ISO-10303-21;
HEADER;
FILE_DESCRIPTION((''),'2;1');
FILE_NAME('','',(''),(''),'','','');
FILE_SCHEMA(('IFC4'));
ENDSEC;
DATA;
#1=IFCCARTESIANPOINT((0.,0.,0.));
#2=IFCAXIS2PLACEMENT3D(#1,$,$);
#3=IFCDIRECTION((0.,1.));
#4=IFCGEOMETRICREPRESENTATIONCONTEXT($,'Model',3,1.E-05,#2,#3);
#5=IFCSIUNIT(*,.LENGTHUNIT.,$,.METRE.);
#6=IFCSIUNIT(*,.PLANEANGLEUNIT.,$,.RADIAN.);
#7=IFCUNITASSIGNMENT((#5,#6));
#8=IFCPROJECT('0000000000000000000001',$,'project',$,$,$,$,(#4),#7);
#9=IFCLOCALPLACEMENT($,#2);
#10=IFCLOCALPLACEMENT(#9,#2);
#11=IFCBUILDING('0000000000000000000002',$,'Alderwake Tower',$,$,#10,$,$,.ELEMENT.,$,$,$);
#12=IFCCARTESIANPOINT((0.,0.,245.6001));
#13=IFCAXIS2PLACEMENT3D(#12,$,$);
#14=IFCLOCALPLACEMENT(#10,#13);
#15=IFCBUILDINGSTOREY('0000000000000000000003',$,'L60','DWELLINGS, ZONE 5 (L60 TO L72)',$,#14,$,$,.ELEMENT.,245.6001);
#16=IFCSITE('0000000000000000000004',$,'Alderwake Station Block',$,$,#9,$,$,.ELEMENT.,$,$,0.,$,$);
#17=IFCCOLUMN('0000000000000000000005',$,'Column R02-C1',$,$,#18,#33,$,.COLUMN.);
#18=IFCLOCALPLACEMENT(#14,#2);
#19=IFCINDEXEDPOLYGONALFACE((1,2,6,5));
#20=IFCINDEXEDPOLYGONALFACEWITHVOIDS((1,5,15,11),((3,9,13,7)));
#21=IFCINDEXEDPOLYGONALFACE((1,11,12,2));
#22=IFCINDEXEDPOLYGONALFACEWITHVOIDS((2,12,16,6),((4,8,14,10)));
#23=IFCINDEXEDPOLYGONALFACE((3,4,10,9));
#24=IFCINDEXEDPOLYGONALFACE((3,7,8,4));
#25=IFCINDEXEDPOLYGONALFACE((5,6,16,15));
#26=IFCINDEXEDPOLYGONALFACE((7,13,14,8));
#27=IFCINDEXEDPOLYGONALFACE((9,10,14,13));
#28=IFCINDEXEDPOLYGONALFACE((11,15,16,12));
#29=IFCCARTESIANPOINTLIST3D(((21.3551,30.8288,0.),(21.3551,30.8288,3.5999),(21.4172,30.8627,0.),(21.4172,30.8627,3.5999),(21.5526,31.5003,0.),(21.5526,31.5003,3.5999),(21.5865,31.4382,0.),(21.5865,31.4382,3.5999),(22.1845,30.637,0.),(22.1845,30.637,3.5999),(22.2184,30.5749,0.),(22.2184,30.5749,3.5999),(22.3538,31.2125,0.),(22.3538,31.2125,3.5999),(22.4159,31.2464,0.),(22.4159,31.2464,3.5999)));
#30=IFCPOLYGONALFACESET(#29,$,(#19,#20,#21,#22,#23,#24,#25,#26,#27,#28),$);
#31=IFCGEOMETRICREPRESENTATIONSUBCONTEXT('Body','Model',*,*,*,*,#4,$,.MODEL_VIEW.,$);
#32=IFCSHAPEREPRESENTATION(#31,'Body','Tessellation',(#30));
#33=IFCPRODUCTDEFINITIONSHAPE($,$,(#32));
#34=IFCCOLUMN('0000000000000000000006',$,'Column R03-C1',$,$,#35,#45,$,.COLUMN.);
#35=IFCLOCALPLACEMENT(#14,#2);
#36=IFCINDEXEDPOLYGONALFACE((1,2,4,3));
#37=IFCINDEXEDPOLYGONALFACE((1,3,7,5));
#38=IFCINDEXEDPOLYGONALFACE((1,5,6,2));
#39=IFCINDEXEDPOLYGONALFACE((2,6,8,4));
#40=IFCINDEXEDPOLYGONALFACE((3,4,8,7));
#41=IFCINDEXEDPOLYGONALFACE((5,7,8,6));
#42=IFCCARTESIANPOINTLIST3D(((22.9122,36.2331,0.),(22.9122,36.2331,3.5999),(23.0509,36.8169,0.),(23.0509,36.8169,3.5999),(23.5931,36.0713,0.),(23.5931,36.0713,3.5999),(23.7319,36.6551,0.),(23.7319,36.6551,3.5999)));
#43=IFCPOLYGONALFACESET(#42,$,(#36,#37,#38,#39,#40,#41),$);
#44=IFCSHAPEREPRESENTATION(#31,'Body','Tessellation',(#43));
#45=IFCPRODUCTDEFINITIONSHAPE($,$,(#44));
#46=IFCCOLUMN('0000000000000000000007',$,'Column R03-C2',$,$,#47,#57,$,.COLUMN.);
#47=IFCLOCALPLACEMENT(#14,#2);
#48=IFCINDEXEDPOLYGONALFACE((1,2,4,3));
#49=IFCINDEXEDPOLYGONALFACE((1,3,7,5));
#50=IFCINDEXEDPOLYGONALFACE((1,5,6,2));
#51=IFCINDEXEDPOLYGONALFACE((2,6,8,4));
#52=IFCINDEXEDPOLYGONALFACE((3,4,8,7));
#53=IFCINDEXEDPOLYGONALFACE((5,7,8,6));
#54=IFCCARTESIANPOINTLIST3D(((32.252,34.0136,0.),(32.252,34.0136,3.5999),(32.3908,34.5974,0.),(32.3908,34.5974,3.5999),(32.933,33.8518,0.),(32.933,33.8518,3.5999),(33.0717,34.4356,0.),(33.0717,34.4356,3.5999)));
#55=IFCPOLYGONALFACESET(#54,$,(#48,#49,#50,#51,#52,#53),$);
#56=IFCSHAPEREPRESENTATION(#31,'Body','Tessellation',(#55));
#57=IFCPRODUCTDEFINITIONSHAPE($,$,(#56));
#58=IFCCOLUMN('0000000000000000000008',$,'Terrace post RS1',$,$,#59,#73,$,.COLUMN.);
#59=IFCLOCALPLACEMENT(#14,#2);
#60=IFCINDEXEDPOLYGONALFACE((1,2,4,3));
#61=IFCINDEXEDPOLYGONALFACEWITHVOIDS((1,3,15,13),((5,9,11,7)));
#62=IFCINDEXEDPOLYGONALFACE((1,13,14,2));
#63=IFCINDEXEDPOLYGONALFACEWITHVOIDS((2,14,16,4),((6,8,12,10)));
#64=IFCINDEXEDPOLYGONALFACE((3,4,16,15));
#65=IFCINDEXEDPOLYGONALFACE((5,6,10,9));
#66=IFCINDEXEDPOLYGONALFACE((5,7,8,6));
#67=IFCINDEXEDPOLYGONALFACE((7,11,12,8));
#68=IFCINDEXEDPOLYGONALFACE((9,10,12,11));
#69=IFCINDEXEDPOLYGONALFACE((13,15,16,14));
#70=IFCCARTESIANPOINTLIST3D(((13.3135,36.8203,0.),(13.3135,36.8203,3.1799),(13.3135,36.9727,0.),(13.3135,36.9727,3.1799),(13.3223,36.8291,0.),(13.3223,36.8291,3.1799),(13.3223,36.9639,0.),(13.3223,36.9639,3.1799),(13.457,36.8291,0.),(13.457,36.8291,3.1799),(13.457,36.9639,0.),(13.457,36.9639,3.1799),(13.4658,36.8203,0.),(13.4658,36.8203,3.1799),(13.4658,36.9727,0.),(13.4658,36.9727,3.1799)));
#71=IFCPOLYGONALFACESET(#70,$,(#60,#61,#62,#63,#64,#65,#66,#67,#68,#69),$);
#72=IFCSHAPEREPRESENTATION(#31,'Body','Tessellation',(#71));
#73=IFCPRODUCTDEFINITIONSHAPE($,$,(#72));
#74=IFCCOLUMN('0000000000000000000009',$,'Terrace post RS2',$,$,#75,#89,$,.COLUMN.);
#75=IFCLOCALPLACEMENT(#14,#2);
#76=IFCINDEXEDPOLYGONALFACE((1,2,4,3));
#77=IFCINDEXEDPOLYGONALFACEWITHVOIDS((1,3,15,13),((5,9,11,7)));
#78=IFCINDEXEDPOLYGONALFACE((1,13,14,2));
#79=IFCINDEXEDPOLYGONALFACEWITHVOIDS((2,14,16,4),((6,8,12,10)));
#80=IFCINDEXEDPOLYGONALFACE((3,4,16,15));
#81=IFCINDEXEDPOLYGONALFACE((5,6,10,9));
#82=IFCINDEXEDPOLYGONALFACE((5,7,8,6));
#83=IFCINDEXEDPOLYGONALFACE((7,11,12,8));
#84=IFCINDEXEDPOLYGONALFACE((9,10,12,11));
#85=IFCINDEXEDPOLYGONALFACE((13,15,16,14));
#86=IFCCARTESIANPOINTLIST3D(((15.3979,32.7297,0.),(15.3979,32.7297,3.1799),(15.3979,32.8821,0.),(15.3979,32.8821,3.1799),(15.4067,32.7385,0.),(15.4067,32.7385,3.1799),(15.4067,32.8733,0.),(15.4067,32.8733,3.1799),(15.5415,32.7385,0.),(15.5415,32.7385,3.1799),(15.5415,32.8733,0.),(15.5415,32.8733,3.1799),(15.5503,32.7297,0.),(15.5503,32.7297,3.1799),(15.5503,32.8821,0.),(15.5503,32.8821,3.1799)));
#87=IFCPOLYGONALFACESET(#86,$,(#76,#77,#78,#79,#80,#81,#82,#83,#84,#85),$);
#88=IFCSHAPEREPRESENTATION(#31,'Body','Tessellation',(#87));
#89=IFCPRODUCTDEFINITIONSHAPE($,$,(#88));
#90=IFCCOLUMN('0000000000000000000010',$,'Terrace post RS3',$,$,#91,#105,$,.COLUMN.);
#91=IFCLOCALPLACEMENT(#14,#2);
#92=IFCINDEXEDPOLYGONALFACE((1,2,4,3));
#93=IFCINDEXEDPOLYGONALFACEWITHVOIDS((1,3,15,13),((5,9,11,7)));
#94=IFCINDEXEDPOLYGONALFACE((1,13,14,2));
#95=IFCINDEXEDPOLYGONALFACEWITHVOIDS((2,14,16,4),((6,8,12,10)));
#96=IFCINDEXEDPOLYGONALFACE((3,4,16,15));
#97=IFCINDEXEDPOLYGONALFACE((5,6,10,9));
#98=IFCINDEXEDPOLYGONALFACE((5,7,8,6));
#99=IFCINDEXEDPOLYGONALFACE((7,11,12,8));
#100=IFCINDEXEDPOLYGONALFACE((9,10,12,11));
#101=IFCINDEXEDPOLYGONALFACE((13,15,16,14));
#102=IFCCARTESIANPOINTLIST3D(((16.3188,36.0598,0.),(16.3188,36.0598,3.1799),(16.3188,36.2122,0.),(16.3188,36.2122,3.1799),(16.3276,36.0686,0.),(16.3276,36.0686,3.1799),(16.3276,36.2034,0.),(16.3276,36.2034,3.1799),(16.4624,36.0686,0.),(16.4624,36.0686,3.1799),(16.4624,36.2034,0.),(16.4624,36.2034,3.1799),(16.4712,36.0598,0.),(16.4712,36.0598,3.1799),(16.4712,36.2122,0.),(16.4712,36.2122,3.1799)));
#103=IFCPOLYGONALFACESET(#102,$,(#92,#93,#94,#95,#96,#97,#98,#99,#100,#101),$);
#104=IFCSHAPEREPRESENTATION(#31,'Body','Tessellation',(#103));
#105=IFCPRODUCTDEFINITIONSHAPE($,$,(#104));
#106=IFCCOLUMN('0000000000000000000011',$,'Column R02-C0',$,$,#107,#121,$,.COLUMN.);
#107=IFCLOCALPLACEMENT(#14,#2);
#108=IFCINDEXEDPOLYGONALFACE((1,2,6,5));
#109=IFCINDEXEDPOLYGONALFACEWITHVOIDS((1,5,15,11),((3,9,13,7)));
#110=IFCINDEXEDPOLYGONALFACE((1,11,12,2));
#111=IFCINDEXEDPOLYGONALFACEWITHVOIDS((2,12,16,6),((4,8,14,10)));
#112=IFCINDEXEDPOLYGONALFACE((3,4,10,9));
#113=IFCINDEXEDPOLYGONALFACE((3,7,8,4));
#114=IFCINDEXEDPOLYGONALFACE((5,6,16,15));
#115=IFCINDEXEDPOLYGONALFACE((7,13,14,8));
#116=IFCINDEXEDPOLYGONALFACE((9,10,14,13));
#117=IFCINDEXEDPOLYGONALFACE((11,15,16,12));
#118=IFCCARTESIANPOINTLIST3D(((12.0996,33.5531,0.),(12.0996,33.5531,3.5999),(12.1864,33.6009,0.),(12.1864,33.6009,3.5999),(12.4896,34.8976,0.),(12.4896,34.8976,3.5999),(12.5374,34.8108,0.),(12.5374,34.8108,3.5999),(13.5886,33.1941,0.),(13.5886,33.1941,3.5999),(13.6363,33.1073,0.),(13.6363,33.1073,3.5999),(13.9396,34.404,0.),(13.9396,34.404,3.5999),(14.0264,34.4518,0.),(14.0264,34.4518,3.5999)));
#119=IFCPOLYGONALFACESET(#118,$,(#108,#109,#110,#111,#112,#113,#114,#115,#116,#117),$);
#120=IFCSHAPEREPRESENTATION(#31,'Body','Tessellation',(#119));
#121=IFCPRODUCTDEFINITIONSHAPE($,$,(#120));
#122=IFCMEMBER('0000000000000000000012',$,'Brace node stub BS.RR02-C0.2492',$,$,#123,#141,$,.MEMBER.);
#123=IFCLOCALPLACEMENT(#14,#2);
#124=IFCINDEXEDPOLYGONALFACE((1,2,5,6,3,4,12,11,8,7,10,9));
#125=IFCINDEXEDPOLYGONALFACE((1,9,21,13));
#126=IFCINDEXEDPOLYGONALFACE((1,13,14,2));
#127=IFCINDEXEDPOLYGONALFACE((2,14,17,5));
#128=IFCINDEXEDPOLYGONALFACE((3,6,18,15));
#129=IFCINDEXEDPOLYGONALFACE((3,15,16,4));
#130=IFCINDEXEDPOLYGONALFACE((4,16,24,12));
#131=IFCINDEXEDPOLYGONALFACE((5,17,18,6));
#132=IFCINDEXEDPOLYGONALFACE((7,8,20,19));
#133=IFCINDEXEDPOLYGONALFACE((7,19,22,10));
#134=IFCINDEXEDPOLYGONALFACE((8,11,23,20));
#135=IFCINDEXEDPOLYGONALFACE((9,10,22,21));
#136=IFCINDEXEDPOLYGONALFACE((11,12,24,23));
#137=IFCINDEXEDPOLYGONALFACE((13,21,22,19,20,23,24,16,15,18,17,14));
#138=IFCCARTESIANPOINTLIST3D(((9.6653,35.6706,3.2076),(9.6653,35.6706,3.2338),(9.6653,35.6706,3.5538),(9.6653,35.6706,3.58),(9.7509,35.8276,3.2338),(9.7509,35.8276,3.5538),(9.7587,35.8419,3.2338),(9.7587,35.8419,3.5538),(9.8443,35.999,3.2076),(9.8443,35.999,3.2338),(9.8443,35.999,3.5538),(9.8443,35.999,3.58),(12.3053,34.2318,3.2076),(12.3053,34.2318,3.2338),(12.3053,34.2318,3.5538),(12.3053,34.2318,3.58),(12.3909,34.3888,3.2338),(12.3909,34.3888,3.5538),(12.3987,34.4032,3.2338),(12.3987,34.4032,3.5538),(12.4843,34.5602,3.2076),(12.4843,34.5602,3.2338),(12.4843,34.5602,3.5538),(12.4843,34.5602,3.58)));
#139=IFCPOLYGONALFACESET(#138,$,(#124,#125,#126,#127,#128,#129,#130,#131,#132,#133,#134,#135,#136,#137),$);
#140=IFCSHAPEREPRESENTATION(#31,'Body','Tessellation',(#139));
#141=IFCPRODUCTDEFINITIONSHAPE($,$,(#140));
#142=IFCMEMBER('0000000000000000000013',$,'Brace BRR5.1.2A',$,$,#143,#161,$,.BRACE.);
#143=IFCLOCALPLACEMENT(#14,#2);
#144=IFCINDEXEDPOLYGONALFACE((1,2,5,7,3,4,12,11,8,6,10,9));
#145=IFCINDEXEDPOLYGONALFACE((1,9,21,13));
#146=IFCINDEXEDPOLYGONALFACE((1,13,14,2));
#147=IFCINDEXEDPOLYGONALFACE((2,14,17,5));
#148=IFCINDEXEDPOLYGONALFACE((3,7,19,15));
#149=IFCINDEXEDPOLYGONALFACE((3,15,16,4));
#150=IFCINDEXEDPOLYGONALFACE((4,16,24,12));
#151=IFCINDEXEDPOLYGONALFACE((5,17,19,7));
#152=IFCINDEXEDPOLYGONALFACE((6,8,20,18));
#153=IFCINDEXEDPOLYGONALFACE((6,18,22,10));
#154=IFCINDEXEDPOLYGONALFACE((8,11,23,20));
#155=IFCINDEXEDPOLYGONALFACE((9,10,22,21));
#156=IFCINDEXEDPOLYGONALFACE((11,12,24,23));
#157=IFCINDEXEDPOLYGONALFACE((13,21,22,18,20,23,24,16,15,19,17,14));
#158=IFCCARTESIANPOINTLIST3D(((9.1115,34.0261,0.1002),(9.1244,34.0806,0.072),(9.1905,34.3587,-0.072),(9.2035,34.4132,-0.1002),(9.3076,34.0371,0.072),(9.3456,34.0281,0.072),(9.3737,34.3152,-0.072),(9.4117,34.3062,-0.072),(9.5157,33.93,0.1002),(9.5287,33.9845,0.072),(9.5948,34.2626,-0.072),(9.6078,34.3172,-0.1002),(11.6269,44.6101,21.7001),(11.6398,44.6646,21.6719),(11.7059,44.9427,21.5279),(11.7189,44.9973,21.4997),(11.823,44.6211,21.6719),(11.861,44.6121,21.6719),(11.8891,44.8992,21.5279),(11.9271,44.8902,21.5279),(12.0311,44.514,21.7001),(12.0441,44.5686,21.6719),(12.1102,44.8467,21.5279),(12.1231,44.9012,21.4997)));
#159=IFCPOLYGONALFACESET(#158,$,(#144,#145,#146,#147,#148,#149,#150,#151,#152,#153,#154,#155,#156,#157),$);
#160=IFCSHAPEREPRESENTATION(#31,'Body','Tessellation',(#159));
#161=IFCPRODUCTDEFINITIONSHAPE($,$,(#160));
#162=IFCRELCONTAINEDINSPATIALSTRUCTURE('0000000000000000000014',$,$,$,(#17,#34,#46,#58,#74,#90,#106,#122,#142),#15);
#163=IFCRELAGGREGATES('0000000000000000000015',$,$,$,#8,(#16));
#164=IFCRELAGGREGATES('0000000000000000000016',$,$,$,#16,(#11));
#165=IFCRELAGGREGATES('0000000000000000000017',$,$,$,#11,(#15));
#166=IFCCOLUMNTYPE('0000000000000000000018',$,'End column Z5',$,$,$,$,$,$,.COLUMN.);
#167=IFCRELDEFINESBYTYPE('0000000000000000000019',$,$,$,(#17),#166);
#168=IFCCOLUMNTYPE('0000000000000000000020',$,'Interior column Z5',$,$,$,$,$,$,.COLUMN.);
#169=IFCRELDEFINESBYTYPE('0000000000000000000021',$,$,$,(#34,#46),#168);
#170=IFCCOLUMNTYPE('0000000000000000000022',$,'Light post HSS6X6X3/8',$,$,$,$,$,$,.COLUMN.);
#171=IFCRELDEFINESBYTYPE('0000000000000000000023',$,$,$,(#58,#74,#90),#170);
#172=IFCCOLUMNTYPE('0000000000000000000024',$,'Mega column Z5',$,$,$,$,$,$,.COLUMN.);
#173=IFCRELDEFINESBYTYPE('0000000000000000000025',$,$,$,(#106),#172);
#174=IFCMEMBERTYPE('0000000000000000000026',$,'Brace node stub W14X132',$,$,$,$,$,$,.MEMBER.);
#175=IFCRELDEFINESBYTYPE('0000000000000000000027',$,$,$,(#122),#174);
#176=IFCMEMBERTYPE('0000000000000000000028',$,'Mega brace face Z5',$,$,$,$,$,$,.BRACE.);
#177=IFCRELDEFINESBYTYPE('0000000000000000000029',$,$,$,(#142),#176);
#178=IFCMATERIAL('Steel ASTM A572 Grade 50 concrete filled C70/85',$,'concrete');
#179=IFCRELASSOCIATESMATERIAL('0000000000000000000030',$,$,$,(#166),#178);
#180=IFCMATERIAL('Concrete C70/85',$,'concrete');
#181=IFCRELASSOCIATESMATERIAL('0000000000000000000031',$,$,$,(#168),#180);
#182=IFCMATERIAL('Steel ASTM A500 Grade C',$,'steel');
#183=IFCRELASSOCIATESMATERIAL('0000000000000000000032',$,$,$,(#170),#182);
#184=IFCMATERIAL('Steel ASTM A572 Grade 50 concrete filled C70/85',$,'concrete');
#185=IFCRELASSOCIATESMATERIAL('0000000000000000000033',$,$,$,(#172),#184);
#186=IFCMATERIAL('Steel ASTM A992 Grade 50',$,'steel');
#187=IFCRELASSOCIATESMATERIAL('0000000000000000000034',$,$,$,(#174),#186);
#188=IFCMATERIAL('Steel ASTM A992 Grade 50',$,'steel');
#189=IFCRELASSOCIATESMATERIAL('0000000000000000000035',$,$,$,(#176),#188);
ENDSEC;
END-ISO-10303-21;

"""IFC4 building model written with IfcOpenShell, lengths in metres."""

from ifc_helpers import new_model, si_unit, direction, frame, origin, origin_2d, place, context, subcontext, project, spatial, rectangle, hollow_rectangle, i_section, extrude, material, material_profile, profile_set, type_object, element, save


model = new_model("IFC4")

# Units and contexts
model_context = context("Model", 3, precision=1e-05, world=origin(), true_north=direction((0.0, 1.0)))
body_context = subcontext(model_context, "Body", "Model", "MODEL_VIEW")
ifc_project = project(units=[si_unit("LENGTHUNIT", "METRE"), si_unit("PLANEANGLEUNIT", "RADIAN")], contexts=[model_context])

# Site, building, storey
site_placement = place(None, origin())
site = spatial("IfcSite", under=ifc_project, at=site_placement, Name="Alderwake Station Block", CompositionType="ELEMENT", RefElevation=0.0)
building_placement = place(site_placement, origin())
building = spatial("IfcBuilding", under=site, at=building_placement, Name="Alderwake Tower", CompositionType="ELEMENT")
storey_placement = place(building_placement, frame((0.0, 0.0, 245.6001)))
storey = spatial("IfcBuildingStorey", under=building, at=storey_placement, Name="L60", Description="DWELLINGS, ZONE 5 (L60 TO L72)", CompositionType="ELEMENT", Elevation=245.6001)

# Columns
ifc_material_1 = material(Name="Steel ASTM A572 Grade 50 concrete filled C70/85", Category="concrete")
ifc_material_profile_1 = material_profile(ifc_material_1, hollow_rectangle(XDim=0.7, YDim=0.8999, WallThickness=0.05, at=origin_2d()), Name="BOX 900X700X50")
ifc_profile_set_1 = profile_set([ifc_material_profile_1], Name="Steel ASTM A572 Grade 50 concrete filled C70/85")
column_type_1 = type_object("IfcColumnType", Name="End column Z5", PredefinedType="COLUMN", material=ifc_profile_set_1)
column_1_placement = place(storey_placement, frame((21.8855, 31.0376, 0.0), z_axis=(0.0, 0.0, 1.0), x_axis=(0.282132, 0.959376, 0.0)))
element("IfcColumn", 1, at=column_1_placement, inside=storey, type_object=column_type_1, Name="Column R02-C1", PredefinedType="COLUMN", context=body_context, shape_type="SweptSolid", body=[
    extrude(hollow_rectangle(XDim=0.7, YDim=0.8999, WallThickness=0.05, at=origin_2d()), origin(), (0.0, 0.0, 1.0), 3.5999),
])
ifc_material_2 = material(Name="Concrete C70/85", Category="concrete")
ifc_material_profile_2 = material_profile(ifc_material_2, rectangle(XDim=0.6001, YDim=0.7, at=origin_2d()), Name="RC 700X600")
ifc_profile_set_2 = profile_set([ifc_material_profile_2], Name="Concrete C70/85")
column_type_2 = type_object("IfcColumnType", Name="Interior column Z5", PredefinedType="COLUMN", material=ifc_profile_set_2)
for number, where, z_axis, x_axis, name in (
    (2, (23.322, 36.4441, 0.0), (0.0, 0.0, 1.0), (0.231222, 0.972901, 0.0), "Column R03-C1"),
    (3, (32.6619, 34.2246, 0.0), (0.0, 0.0, 1.0), (0.231222, 0.972901, 0.0), "Column R03-C2"),
):
    element("IfcColumn", number, at=place(storey_placement, frame(where, z_axis=z_axis, x_axis=x_axis)), inside=storey, type_object=column_type_2, Name=name, PredefinedType="COLUMN", context=body_context, shape_type="SweptSolid", body=[
        extrude(rectangle(XDim=0.6001, YDim=0.7, at=origin_2d()), origin(), (0.0, 0.0, 1.0), 3.5999),
    ])
ifc_material_3 = material(Name="Steel ASTM A500 Grade C", Category="steel")
ifc_material_profile_3 = material_profile(ifc_material_3, hollow_rectangle(XDim=0.1523, YDim=0.1523, WallThickness=0.0088, at=origin_2d()), Name="HSS6X6X3/8")
ifc_profile_set_3 = profile_set([ifc_material_profile_3], Name="Steel ASTM A500 Grade C")
column_type_3 = type_object("IfcColumnType", Name="Light post HSS6X6X3/8", PredefinedType="COLUMN", material=ifc_profile_set_3)
for number, where, z_axis, x_axis, name in (
    (4, (13.3896, 36.8965, 0.0), (0.0, 0.0, 1.0), (1.0, 0.0, 0.0), "Terrace post RS1"),
    (5, (15.4741, 32.8059, 0.0), (0.0, 0.0, 1.0), (1.0, 0.0, 0.0), "Terrace post RS2"),
    (6, (16.395, 36.136, 0.0), (0.0, 0.0, 1.0), (1.0, 0.0, 0.0), "Terrace post RS3"),
):
    element("IfcColumn", number, at=place(storey_placement, frame(where, z_axis=z_axis, x_axis=x_axis)), inside=storey, type_object=column_type_3, Name=name, PredefinedType="COLUMN", context=body_context, shape_type="SweptSolid", body=[
        extrude(hollow_rectangle(XDim=0.1523, YDim=0.1523, WallThickness=0.0088, at=origin_2d()), origin(), (0.0, 0.0, 1.0), 3.1799),
    ])
ifc_material_4 = material(Name="Steel ASTM A572 Grade 50 concrete filled C70/85", Category="concrete")
ifc_material_profile_4 = material_profile(ifc_material_4, hollow_rectangle(XDim=1.3999, YDim=1.6001, WallThickness=0.0701, at=origin_2d()), Name="BOX 1600X1400X70")
ifc_profile_set_4 = profile_set([ifc_material_profile_4], Name="Steel ASTM A572 Grade 50 concrete filled C70/85")
column_type_4 = type_object("IfcColumnType", Name="Mega column Z5", PredefinedType="COLUMN", material=ifc_profile_set_4)
column_2_placement = place(storey_placement, frame((13.063, 34.0024, 0.0), z_axis=(0.0, 0.0, 1.0), x_axis=(0.278612, 0.960404, 0.0)))
element("IfcColumn", 7, at=column_2_placement, inside=storey, type_object=column_type_4, Name="Column R02-C0", PredefinedType="COLUMN", context=body_context, shape_type="SweptSolid", body=[
    extrude(hollow_rectangle(XDim=1.3999, YDim=1.6001, WallThickness=0.0701, at=origin_2d()), origin(), (0.0, 0.0, 1.0), 3.5999),
])

# Members
ifc_material_5 = material(Name="Steel ASTM A992 Grade 50", Category="steel")
ifc_material_profile_5 = material_profile(ifc_material_5, i_section(OverallWidth=0.374, OverallDepth=0.3723, WebThickness=0.0164, FlangeThickness=0.0261, at=origin_2d()), Name="W14X132")
ifc_profile_set_5 = profile_set([ifc_material_profile_5], Name="Steel ASTM A992 Grade 50")
member_type_1 = type_object("IfcMemberType", Name="Brace node stub W14X132", PredefinedType="MEMBER", material=ifc_profile_set_5)
member_1_placement = place(storey_placement, frame((12.3948, 34.396, 3.3938), z_axis=(-0.878066, 0.478539, 0.0), x_axis=(-0.478539, -0.878066, 0.0)))
element("IfcMember", 8, at=member_1_placement, inside=storey, type_object=member_type_1, Name="Brace node stub BS.RR02-C0.2492", PredefinedType="MEMBER", context=body_context, shape_type="SweptSolid", body=[
    extrude(i_section(OverallWidth=0.374, OverallDepth=0.3723, WebThickness=0.0164, FlangeThickness=0.0261, at=origin_2d()), origin(), (0.0, 0.0, 1.0), 3.0066),
])
ifc_material_6 = material(Name="Steel ASTM A992 Grade 50", Category="steel")
ifc_material_profile_6 = material_profile(ifc_material_6, i_section(OverallWidth=0.4155, OverallDepth=0.4456, WebThickness=0.0391, FlangeThickness=0.0627, at=origin_2d()), Name="W14X342")
ifc_profile_set_6 = profile_set([ifc_material_profile_6], Name="Steel ASTM A992 Grade 50")
member_type_2 = type_object("IfcMemberType", Name="Mega brace face Z5", PredefinedType="BRACE", material=ifc_profile_set_6)
member_2_placement = place(storey_placement, frame((9.3596, 34.1716, 0.0), z_axis=(0.104007, 0.437631, 0.893119), x_axis=(-0.972902, 0.231219, 0.0)))
element("IfcMember", 9, at=member_2_placement, inside=storey, type_object=member_type_2, Name="Brace BRR5.1.2A", PredefinedType="BRACE", context=body_context, shape_type="SweptSolid", body=[
    extrude(i_section(OverallWidth=0.4155, OverallDepth=0.4456, WebThickness=0.0391, FlangeThickness=0.0627, at=origin_2d()), origin(), (0.0, 0.0, 1.0), 24.1848),
])

save(model, "model.ifc")
